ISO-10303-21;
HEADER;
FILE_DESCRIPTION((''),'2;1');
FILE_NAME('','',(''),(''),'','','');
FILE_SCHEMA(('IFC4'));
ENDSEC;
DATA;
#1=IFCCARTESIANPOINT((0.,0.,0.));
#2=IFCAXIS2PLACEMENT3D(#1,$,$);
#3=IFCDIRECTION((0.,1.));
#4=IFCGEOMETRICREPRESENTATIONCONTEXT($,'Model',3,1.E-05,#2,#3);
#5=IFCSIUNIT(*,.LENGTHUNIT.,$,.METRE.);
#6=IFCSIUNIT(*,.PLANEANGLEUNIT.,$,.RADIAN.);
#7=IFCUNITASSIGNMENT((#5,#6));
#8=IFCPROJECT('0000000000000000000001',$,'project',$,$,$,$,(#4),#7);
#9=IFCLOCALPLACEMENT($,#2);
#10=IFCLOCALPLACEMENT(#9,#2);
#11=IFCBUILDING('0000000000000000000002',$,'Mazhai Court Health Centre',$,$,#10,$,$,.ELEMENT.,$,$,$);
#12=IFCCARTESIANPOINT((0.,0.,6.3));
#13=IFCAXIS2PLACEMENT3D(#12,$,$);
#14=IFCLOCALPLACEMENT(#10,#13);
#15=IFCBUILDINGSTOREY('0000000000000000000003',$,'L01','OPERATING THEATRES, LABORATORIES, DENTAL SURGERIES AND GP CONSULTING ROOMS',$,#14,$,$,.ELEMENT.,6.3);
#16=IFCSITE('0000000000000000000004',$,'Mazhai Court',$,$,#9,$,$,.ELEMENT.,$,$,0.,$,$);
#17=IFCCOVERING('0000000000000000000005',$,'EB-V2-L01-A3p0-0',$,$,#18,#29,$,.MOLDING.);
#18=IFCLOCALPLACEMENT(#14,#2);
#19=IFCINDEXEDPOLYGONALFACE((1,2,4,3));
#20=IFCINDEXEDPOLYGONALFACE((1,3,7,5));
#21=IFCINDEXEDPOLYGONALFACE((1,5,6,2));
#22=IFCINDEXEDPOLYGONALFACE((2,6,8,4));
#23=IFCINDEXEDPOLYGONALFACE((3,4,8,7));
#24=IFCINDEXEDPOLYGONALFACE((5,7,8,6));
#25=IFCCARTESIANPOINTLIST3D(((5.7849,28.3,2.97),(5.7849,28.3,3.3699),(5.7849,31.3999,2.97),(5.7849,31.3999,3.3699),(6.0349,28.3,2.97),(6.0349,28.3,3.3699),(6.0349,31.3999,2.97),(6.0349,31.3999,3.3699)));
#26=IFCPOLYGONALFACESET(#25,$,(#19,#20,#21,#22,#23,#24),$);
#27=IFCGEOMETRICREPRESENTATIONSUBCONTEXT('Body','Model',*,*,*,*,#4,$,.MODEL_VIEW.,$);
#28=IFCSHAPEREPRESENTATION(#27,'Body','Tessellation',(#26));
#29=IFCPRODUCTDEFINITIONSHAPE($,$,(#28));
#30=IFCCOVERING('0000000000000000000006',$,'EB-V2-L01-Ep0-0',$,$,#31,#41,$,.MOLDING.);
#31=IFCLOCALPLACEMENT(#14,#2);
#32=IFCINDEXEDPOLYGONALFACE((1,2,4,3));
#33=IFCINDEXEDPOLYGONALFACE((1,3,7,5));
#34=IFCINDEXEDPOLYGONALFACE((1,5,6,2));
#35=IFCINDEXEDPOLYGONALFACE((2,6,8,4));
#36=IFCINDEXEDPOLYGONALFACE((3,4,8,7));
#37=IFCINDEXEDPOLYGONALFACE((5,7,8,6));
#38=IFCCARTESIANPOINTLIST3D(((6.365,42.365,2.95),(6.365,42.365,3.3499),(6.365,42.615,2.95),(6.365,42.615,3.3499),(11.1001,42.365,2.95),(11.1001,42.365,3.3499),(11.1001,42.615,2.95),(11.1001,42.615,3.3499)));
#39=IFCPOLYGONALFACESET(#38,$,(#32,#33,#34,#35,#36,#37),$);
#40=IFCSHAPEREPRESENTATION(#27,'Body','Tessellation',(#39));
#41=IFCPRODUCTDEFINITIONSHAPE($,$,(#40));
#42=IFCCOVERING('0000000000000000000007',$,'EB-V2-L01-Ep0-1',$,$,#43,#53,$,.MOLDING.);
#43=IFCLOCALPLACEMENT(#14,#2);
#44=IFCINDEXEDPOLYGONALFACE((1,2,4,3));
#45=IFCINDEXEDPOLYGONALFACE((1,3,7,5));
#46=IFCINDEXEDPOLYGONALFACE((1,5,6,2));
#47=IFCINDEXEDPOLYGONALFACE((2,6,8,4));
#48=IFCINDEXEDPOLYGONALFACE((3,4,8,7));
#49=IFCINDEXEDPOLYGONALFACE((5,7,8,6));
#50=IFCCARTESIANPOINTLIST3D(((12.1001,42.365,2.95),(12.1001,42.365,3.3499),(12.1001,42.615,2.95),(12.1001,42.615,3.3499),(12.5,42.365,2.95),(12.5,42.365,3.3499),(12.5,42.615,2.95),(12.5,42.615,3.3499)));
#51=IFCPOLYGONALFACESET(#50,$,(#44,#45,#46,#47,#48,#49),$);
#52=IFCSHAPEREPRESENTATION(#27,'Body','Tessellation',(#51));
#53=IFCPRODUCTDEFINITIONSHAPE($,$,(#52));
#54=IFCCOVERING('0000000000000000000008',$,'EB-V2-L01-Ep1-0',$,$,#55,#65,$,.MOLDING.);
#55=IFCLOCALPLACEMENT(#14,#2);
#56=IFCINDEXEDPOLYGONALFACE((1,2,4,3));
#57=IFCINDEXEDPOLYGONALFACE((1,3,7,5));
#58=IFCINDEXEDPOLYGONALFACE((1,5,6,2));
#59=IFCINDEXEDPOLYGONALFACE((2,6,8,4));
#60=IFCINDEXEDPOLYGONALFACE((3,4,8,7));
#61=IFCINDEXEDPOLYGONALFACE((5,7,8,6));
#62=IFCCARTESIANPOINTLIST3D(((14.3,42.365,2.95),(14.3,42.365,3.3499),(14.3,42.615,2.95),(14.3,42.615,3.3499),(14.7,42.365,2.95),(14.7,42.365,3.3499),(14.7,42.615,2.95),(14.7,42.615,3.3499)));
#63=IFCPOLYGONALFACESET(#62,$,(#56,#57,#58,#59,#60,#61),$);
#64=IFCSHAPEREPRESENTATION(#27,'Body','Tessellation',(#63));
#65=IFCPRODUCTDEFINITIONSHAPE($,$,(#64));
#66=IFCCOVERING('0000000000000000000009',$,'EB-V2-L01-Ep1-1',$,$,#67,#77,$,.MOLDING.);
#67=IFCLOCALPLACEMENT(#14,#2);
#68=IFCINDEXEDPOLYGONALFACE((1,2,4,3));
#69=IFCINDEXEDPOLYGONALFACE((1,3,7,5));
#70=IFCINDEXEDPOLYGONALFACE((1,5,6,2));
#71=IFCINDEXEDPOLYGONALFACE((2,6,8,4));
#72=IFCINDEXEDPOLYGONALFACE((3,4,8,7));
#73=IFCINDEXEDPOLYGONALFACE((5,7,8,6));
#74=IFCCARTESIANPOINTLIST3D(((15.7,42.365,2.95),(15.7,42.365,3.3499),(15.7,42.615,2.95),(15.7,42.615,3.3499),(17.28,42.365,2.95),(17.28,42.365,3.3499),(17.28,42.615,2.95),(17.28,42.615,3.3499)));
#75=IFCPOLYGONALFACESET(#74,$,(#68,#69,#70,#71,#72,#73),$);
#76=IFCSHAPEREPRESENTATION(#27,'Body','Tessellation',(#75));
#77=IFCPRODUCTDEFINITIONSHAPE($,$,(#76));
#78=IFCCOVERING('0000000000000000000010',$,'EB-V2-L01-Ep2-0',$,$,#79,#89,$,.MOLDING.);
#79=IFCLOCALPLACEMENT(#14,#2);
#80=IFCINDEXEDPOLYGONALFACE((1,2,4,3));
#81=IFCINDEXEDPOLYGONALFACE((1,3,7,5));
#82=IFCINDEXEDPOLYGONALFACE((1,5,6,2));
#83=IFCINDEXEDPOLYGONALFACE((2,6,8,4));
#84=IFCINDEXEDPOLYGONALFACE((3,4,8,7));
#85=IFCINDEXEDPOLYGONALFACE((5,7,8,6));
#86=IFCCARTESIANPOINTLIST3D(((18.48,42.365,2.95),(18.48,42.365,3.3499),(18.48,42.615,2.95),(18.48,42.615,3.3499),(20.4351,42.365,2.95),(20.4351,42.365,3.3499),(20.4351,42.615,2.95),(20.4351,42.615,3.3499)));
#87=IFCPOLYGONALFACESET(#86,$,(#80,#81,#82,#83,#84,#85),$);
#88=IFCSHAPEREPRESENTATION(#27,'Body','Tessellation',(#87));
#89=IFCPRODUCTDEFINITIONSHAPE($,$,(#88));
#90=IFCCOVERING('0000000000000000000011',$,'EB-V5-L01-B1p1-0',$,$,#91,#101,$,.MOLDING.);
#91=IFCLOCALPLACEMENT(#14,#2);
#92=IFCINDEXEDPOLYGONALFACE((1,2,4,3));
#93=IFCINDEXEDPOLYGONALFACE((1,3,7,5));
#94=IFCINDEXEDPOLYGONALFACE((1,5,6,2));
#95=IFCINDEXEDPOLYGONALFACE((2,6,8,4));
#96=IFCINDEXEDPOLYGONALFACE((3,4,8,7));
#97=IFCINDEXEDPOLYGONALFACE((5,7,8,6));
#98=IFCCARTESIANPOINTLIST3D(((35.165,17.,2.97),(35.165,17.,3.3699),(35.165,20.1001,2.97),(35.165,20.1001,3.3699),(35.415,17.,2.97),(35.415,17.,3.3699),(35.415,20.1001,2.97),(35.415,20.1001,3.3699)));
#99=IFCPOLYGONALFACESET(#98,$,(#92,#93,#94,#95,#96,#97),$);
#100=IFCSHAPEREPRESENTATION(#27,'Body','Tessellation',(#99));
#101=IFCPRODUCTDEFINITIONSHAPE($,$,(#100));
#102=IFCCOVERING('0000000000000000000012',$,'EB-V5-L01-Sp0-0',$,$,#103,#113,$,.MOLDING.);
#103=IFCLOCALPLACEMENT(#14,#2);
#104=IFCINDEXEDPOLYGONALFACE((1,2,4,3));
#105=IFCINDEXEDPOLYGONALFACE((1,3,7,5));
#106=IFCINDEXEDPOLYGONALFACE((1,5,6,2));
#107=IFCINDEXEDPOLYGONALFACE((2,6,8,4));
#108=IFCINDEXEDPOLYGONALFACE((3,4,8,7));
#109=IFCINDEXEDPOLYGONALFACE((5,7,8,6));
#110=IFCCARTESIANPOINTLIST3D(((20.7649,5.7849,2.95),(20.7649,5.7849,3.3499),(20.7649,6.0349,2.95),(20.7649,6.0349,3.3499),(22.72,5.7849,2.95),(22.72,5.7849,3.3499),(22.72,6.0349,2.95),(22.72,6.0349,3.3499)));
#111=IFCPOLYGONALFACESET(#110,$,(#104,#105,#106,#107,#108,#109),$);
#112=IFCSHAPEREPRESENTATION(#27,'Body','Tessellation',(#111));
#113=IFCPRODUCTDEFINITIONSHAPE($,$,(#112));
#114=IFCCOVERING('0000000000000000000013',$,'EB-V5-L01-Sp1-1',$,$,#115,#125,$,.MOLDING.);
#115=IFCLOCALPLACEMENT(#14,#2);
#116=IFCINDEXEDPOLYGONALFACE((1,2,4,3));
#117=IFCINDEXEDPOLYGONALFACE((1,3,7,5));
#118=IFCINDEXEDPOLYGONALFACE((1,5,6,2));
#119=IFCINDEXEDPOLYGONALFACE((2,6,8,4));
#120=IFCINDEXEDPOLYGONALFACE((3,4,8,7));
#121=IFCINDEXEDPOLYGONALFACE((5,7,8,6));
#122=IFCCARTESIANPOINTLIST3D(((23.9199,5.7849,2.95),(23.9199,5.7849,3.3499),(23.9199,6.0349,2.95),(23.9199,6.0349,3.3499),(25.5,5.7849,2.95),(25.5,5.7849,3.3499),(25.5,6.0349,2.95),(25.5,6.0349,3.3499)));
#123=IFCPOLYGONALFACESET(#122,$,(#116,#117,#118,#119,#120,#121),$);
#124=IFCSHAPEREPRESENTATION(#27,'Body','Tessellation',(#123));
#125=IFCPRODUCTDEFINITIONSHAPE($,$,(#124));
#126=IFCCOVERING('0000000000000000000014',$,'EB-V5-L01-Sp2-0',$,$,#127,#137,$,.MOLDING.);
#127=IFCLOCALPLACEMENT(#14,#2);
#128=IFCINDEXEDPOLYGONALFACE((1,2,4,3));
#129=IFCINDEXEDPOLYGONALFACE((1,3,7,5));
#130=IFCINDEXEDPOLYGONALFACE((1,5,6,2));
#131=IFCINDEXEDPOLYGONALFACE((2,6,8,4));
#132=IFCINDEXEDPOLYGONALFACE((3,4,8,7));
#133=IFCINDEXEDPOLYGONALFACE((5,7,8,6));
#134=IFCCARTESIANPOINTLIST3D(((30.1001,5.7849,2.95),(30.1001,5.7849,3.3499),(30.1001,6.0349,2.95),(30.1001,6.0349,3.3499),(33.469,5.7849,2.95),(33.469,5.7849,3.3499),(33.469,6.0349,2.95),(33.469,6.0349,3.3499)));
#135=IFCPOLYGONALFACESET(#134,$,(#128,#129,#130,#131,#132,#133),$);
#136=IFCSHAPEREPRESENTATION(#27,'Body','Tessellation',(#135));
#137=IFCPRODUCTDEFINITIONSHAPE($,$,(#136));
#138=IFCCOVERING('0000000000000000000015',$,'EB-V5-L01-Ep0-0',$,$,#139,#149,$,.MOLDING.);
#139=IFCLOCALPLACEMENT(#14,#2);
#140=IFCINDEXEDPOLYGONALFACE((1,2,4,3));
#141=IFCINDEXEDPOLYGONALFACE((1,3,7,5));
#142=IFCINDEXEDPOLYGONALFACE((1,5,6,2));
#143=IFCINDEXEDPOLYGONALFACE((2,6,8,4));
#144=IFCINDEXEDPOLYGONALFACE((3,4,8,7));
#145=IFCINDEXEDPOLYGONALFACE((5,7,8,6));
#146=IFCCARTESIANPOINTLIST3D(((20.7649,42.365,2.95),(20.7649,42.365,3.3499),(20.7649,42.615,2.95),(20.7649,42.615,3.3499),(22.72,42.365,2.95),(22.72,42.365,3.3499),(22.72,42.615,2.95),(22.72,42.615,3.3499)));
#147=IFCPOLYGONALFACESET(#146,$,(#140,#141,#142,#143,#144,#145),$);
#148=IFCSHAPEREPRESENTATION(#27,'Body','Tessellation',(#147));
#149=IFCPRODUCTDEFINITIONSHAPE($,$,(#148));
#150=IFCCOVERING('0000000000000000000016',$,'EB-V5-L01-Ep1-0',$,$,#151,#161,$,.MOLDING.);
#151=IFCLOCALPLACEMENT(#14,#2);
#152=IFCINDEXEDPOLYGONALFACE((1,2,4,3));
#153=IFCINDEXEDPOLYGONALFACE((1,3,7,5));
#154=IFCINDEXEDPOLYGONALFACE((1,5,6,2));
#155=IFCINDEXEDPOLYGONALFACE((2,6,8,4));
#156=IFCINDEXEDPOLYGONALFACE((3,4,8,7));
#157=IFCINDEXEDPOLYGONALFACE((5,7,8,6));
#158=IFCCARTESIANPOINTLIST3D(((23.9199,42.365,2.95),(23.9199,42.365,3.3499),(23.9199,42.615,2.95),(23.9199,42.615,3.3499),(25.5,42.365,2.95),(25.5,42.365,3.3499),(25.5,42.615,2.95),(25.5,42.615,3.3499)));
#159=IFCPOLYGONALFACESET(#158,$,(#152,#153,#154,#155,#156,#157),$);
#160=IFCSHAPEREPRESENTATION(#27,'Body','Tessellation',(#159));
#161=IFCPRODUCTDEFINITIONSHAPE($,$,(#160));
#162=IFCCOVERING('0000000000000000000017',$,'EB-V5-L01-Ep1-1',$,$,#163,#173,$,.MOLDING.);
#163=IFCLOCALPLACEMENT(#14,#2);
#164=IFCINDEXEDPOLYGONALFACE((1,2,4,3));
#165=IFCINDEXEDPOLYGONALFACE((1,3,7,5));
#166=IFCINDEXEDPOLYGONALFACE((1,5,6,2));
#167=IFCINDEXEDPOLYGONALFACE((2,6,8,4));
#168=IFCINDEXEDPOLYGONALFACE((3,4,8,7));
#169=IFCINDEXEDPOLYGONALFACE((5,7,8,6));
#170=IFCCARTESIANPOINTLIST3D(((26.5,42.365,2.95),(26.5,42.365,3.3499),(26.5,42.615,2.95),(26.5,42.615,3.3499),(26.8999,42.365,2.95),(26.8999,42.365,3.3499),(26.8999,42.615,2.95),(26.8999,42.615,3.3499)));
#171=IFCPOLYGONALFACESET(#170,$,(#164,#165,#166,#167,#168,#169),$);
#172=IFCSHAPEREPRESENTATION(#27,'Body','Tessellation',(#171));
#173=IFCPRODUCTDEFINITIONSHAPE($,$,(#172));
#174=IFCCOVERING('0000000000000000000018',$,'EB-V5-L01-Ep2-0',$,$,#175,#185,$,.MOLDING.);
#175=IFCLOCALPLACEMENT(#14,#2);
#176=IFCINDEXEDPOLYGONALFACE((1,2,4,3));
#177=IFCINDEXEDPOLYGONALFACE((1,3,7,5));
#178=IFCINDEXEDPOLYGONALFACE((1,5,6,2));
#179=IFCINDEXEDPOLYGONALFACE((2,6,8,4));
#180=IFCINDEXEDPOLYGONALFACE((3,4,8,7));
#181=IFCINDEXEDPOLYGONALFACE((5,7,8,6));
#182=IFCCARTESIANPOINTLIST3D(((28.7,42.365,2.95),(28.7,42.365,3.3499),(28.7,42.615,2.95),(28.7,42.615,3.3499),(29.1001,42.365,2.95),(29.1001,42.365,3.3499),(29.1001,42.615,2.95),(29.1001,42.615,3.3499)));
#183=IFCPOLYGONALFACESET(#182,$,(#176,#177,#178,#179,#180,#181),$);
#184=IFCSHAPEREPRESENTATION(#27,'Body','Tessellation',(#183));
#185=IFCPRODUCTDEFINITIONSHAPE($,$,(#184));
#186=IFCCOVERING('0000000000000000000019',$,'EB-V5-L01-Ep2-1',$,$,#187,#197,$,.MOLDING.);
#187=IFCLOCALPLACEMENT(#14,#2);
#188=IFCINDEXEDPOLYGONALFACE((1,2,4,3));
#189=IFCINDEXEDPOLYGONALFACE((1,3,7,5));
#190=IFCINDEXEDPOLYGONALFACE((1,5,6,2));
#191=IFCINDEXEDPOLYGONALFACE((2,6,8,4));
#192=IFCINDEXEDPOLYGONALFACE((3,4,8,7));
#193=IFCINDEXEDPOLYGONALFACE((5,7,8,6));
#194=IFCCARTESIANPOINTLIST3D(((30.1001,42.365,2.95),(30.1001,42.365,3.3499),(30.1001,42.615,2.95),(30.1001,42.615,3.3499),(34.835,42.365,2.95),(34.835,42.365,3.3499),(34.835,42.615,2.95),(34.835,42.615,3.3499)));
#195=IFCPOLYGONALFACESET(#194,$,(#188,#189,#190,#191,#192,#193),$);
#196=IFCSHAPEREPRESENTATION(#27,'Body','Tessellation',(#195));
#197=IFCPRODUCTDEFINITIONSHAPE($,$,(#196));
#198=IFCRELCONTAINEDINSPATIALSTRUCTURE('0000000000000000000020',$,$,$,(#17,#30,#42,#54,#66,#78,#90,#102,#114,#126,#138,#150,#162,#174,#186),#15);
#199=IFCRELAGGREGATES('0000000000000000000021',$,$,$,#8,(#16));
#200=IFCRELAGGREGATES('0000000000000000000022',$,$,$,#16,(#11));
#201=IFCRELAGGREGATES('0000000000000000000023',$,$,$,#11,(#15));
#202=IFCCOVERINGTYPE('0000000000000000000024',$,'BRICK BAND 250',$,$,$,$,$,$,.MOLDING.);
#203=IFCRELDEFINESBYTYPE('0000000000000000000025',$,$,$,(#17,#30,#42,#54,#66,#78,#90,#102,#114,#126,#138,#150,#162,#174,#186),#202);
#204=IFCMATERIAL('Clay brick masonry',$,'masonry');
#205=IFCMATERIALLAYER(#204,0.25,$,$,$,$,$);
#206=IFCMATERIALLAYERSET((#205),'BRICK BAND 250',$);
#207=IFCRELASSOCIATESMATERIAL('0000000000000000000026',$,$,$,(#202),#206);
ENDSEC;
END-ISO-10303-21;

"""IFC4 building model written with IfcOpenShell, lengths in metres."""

from ifc_helpers import new_model, si_unit, direction, frame, origin, place, context, subcontext, project, spatial, polyline, outline, extrude, material, layer, layer_set, type_object, element, save


model = new_model("IFC4")

# Units and contexts
model_context = context("Model", 3, precision=1e-05, world=origin(), true_north=direction((0.0, 1.0)))
body_context = subcontext(model_context, "Body", "Model", "MODEL_VIEW")
ifc_project = project(units=[si_unit("LENGTHUNIT", "METRE"), si_unit("PLANEANGLEUNIT", "RADIAN")], contexts=[model_context])

# Site, building, storey
site_placement = place(None, origin())
site = spatial("IfcSite", under=ifc_project, at=site_placement, Name="Mazhai Court", CompositionType="ELEMENT", RefElevation=0.0)
building_placement = place(site_placement, origin())
building = spatial("IfcBuilding", under=site, at=building_placement, Name="Mazhai Court Health Centre", CompositionType="ELEMENT")
storey_placement = place(building_placement, frame((0.0, 0.0, 6.3)))
storey = spatial("IfcBuildingStorey", under=building, at=storey_placement, Name="L01", Description="OPERATING THEATRES, LABORATORIES, DENTAL SURGERIES AND GP CONSULTING ROOMS", CompositionType="ELEMENT", Elevation=6.3)

# Coverings
ifc_material = material(Name="Clay brick masonry", Category="masonry")
ifc_layer = layer(ifc_material, 0.25)
ifc_layer_set = layer_set([ifc_layer], Name="BRICK BAND 250")
covering_type = type_object("IfcCoveringType", Name="BRICK BAND 250", PredefinedType="MOLDING", material=ifc_layer_set)
covering_1_placement = place(storey_placement, frame((0.0, 0.0, 2.97)))
element("IfcCovering", 1, at=covering_1_placement, inside=storey, type_object=covering_type, Name="EB-V2-L01-A3p0-0", PredefinedType="MOLDING", context=body_context, shape_type="SweptSolid", body=[
    extrude(outline(polyline([(6.0349, 28.3), (6.0349, 31.3999), (5.7849, 31.3999), (5.7849, 28.3), (6.0349, 28.3)])), origin(), (0.0, 0.0, 1.0), 0.3999),
])
covering_2_placement = place(storey_placement, frame((0.0, 0.0, 2.95)))
element("IfcCovering", 2, at=covering_2_placement, inside=storey, type_object=covering_type, Name="EB-V2-L01-Ep0-0", PredefinedType="MOLDING", context=body_context, shape_type="SweptSolid", body=[
    extrude(outline(polyline([(6.365, 42.365), (11.1001, 42.365), (11.1001, 42.615), (6.365, 42.615), (6.365, 42.365)])), origin(), (0.0, 0.0, 1.0), 0.3999),
])
covering_3_placement = place(storey_placement, frame((0.0, 0.0, 2.95)))
element("IfcCovering", 3, at=covering_3_placement, inside=storey, type_object=covering_type, Name="EB-V2-L01-Ep0-1", PredefinedType="MOLDING", context=body_context, shape_type="SweptSolid", body=[
    extrude(outline(polyline([(12.1001, 42.365), (12.5, 42.365), (12.5, 42.615), (12.1001, 42.615), (12.1001, 42.365)])), origin(), (0.0, 0.0, 1.0), 0.3999),
])
covering_4_placement = place(storey_placement, frame((0.0, 0.0, 2.95)))
element("IfcCovering", 4, at=covering_4_placement, inside=storey, type_object=covering_type, Name="EB-V2-L01-Ep1-0", PredefinedType="MOLDING", context=body_context, shape_type="SweptSolid", body=[
    extrude(outline(polyline([(14.3, 42.365), (14.7, 42.365), (14.7, 42.615), (14.3, 42.615), (14.3, 42.365)])), origin(), (0.0, 0.0, 1.0), 0.3999),
])
covering_5_placement = place(storey_placement, frame((0.0, 0.0, 2.95)))
element("IfcCovering", 5, at=covering_5_placement, inside=storey, type_object=covering_type, Name="EB-V2-L01-Ep1-1", PredefinedType="MOLDING", context=body_context, shape_type="SweptSolid", body=[
    extrude(outline(polyline([(15.7, 42.365), (17.28, 42.365), (17.28, 42.615), (15.7, 42.615), (15.7, 42.365)])), origin(), (0.0, 0.0, 1.0), 0.3999),
])
covering_6_placement = place(storey_placement, frame((0.0, 0.0, 2.95)))
element("IfcCovering", 6, at=covering_6_placement, inside=storey, type_object=covering_type, Name="EB-V2-L01-Ep2-0", PredefinedType="MOLDING", context=body_context, shape_type="SweptSolid", body=[
    extrude(outline(polyline([(18.48, 42.365), (20.4351, 42.365), (20.4351, 42.615), (18.48, 42.615), (18.48, 42.365)])), origin(), (0.0, 0.0, 1.0), 0.3999),
])
covering_7_placement = place(storey_placement, frame((0.0, 0.0, 2.97)))
element("IfcCovering", 7, at=covering_7_placement, inside=storey, type_object=covering_type, Name="EB-V5-L01-B1p1-0", PredefinedType="MOLDING", context=body_context, shape_type="SweptSolid", body=[
    extrude(outline(polyline([(35.165, 20.1001), (35.165, 17.0), (35.415, 17.0), (35.415, 20.1001), (35.165, 20.1001)])), origin(), (0.0, 0.0, 1.0), 0.3999),
])
covering_8_placement = place(storey_placement, frame((0.0, 0.0, 2.95)))
element("IfcCovering", 8, at=covering_8_placement, inside=storey, type_object=covering_type, Name="EB-V5-L01-Sp0-0", PredefinedType="MOLDING", context=body_context, shape_type="SweptSolid", body=[
    extrude(outline(polyline([(22.72, 6.0349), (20.7649, 6.0349), (20.7649, 5.7849), (22.72, 5.7849), (22.72, 6.0349)])), origin(), (0.0, 0.0, 1.0), 0.3999),
])
covering_9_placement = place(storey_placement, frame((0.0, 0.0, 2.95)))
element("IfcCovering", 9, at=covering_9_placement, inside=storey, type_object=covering_type, Name="EB-V5-L01-Sp1-1", PredefinedType="MOLDING", context=body_context, shape_type="SweptSolid", body=[
    extrude(outline(polyline([(25.5, 6.0349), (23.9199, 6.0349), (23.9199, 5.7849), (25.5, 5.7849), (25.5, 6.0349)])), origin(), (0.0, 0.0, 1.0), 0.3999),
])
covering_10_placement = place(storey_placement, frame((0.0, 0.0, 2.95)))
element("IfcCovering", 10, at=covering_10_placement, inside=storey, type_object=covering_type, Name="EB-V5-L01-Sp2-0", PredefinedType="MOLDING", context=body_context, shape_type="SweptSolid", body=[
    extrude(outline(polyline([(33.469, 6.0349), (30.1001, 6.0349), (30.1001, 5.7849), (33.469, 5.7849), (33.469, 6.0349)])), origin(), (0.0, 0.0, 1.0), 0.3999),
])
covering_11_placement = place(storey_placement, frame((0.0, 0.0, 2.95)))
element("IfcCovering", 11, at=covering_11_placement, inside=storey, type_object=covering_type, Name="EB-V5-L01-Ep0-0", PredefinedType="MOLDING", context=body_context, shape_type="SweptSolid", body=[
    extrude(outline(polyline([(20.7649, 42.365), (22.72, 42.365), (22.72, 42.615), (20.7649, 42.615), (20.7649, 42.365)])), origin(), (0.0, 0.0, 1.0), 0.3999),
])
covering_12_placement = place(storey_placement, frame((0.0, 0.0, 2.95)))
element("IfcCovering", 12, at=covering_12_placement, inside=storey, type_object=covering_type, Name="EB-V5-L01-Ep1-0", PredefinedType="MOLDING", context=body_context, shape_type="SweptSolid", body=[
    extrude(outline(polyline([(23.9199, 42.365), (25.5, 42.365), (25.5, 42.615), (23.9199, 42.615), (23.9199, 42.365)])), origin(), (0.0, 0.0, 1.0), 0.3999),
])
covering_13_placement = place(storey_placement, frame((0.0, 0.0, 2.95)))
element("IfcCovering", 13, at=covering_13_placement, inside=storey, type_object=covering_type, Name="EB-V5-L01-Ep1-1", PredefinedType="MOLDING", context=body_context, shape_type="SweptSolid", body=[
    extrude(outline(polyline([(26.5, 42.365), (26.8999, 42.365), (26.8999, 42.615), (26.5, 42.615), (26.5, 42.365)])), origin(), (0.0, 0.0, 1.0), 0.3999),
])
covering_14_placement = place(storey_placement, frame((0.0, 0.0, 2.95)))
element("IfcCovering", 14, at=covering_14_placement, inside=storey, type_object=covering_type, Name="EB-V5-L01-Ep2-0", PredefinedType="MOLDING", context=body_context, shape_type="SweptSolid", body=[
    extrude(outline(polyline([(28.7, 42.365), (29.1001, 42.365), (29.1001, 42.615), (28.7, 42.615), (28.7, 42.365)])), origin(), (0.0, 0.0, 1.0), 0.3999),
])
covering_15_placement = place(storey_placement, frame((0.0, 0.0, 2.95)))
element("IfcCovering", 15, at=covering_15_placement, inside=storey, type_object=covering_type, Name="EB-V5-L01-Ep2-1", PredefinedType="MOLDING", context=body_context, shape_type="SweptSolid", body=[
    extrude(outline(polyline([(30.1001, 42.365), (34.835, 42.365), (34.835, 42.615), (30.1001, 42.615), (30.1001, 42.365)])), origin(), (0.0, 0.0, 1.0), 0.3999),
])

save(model, "model.ifc")
